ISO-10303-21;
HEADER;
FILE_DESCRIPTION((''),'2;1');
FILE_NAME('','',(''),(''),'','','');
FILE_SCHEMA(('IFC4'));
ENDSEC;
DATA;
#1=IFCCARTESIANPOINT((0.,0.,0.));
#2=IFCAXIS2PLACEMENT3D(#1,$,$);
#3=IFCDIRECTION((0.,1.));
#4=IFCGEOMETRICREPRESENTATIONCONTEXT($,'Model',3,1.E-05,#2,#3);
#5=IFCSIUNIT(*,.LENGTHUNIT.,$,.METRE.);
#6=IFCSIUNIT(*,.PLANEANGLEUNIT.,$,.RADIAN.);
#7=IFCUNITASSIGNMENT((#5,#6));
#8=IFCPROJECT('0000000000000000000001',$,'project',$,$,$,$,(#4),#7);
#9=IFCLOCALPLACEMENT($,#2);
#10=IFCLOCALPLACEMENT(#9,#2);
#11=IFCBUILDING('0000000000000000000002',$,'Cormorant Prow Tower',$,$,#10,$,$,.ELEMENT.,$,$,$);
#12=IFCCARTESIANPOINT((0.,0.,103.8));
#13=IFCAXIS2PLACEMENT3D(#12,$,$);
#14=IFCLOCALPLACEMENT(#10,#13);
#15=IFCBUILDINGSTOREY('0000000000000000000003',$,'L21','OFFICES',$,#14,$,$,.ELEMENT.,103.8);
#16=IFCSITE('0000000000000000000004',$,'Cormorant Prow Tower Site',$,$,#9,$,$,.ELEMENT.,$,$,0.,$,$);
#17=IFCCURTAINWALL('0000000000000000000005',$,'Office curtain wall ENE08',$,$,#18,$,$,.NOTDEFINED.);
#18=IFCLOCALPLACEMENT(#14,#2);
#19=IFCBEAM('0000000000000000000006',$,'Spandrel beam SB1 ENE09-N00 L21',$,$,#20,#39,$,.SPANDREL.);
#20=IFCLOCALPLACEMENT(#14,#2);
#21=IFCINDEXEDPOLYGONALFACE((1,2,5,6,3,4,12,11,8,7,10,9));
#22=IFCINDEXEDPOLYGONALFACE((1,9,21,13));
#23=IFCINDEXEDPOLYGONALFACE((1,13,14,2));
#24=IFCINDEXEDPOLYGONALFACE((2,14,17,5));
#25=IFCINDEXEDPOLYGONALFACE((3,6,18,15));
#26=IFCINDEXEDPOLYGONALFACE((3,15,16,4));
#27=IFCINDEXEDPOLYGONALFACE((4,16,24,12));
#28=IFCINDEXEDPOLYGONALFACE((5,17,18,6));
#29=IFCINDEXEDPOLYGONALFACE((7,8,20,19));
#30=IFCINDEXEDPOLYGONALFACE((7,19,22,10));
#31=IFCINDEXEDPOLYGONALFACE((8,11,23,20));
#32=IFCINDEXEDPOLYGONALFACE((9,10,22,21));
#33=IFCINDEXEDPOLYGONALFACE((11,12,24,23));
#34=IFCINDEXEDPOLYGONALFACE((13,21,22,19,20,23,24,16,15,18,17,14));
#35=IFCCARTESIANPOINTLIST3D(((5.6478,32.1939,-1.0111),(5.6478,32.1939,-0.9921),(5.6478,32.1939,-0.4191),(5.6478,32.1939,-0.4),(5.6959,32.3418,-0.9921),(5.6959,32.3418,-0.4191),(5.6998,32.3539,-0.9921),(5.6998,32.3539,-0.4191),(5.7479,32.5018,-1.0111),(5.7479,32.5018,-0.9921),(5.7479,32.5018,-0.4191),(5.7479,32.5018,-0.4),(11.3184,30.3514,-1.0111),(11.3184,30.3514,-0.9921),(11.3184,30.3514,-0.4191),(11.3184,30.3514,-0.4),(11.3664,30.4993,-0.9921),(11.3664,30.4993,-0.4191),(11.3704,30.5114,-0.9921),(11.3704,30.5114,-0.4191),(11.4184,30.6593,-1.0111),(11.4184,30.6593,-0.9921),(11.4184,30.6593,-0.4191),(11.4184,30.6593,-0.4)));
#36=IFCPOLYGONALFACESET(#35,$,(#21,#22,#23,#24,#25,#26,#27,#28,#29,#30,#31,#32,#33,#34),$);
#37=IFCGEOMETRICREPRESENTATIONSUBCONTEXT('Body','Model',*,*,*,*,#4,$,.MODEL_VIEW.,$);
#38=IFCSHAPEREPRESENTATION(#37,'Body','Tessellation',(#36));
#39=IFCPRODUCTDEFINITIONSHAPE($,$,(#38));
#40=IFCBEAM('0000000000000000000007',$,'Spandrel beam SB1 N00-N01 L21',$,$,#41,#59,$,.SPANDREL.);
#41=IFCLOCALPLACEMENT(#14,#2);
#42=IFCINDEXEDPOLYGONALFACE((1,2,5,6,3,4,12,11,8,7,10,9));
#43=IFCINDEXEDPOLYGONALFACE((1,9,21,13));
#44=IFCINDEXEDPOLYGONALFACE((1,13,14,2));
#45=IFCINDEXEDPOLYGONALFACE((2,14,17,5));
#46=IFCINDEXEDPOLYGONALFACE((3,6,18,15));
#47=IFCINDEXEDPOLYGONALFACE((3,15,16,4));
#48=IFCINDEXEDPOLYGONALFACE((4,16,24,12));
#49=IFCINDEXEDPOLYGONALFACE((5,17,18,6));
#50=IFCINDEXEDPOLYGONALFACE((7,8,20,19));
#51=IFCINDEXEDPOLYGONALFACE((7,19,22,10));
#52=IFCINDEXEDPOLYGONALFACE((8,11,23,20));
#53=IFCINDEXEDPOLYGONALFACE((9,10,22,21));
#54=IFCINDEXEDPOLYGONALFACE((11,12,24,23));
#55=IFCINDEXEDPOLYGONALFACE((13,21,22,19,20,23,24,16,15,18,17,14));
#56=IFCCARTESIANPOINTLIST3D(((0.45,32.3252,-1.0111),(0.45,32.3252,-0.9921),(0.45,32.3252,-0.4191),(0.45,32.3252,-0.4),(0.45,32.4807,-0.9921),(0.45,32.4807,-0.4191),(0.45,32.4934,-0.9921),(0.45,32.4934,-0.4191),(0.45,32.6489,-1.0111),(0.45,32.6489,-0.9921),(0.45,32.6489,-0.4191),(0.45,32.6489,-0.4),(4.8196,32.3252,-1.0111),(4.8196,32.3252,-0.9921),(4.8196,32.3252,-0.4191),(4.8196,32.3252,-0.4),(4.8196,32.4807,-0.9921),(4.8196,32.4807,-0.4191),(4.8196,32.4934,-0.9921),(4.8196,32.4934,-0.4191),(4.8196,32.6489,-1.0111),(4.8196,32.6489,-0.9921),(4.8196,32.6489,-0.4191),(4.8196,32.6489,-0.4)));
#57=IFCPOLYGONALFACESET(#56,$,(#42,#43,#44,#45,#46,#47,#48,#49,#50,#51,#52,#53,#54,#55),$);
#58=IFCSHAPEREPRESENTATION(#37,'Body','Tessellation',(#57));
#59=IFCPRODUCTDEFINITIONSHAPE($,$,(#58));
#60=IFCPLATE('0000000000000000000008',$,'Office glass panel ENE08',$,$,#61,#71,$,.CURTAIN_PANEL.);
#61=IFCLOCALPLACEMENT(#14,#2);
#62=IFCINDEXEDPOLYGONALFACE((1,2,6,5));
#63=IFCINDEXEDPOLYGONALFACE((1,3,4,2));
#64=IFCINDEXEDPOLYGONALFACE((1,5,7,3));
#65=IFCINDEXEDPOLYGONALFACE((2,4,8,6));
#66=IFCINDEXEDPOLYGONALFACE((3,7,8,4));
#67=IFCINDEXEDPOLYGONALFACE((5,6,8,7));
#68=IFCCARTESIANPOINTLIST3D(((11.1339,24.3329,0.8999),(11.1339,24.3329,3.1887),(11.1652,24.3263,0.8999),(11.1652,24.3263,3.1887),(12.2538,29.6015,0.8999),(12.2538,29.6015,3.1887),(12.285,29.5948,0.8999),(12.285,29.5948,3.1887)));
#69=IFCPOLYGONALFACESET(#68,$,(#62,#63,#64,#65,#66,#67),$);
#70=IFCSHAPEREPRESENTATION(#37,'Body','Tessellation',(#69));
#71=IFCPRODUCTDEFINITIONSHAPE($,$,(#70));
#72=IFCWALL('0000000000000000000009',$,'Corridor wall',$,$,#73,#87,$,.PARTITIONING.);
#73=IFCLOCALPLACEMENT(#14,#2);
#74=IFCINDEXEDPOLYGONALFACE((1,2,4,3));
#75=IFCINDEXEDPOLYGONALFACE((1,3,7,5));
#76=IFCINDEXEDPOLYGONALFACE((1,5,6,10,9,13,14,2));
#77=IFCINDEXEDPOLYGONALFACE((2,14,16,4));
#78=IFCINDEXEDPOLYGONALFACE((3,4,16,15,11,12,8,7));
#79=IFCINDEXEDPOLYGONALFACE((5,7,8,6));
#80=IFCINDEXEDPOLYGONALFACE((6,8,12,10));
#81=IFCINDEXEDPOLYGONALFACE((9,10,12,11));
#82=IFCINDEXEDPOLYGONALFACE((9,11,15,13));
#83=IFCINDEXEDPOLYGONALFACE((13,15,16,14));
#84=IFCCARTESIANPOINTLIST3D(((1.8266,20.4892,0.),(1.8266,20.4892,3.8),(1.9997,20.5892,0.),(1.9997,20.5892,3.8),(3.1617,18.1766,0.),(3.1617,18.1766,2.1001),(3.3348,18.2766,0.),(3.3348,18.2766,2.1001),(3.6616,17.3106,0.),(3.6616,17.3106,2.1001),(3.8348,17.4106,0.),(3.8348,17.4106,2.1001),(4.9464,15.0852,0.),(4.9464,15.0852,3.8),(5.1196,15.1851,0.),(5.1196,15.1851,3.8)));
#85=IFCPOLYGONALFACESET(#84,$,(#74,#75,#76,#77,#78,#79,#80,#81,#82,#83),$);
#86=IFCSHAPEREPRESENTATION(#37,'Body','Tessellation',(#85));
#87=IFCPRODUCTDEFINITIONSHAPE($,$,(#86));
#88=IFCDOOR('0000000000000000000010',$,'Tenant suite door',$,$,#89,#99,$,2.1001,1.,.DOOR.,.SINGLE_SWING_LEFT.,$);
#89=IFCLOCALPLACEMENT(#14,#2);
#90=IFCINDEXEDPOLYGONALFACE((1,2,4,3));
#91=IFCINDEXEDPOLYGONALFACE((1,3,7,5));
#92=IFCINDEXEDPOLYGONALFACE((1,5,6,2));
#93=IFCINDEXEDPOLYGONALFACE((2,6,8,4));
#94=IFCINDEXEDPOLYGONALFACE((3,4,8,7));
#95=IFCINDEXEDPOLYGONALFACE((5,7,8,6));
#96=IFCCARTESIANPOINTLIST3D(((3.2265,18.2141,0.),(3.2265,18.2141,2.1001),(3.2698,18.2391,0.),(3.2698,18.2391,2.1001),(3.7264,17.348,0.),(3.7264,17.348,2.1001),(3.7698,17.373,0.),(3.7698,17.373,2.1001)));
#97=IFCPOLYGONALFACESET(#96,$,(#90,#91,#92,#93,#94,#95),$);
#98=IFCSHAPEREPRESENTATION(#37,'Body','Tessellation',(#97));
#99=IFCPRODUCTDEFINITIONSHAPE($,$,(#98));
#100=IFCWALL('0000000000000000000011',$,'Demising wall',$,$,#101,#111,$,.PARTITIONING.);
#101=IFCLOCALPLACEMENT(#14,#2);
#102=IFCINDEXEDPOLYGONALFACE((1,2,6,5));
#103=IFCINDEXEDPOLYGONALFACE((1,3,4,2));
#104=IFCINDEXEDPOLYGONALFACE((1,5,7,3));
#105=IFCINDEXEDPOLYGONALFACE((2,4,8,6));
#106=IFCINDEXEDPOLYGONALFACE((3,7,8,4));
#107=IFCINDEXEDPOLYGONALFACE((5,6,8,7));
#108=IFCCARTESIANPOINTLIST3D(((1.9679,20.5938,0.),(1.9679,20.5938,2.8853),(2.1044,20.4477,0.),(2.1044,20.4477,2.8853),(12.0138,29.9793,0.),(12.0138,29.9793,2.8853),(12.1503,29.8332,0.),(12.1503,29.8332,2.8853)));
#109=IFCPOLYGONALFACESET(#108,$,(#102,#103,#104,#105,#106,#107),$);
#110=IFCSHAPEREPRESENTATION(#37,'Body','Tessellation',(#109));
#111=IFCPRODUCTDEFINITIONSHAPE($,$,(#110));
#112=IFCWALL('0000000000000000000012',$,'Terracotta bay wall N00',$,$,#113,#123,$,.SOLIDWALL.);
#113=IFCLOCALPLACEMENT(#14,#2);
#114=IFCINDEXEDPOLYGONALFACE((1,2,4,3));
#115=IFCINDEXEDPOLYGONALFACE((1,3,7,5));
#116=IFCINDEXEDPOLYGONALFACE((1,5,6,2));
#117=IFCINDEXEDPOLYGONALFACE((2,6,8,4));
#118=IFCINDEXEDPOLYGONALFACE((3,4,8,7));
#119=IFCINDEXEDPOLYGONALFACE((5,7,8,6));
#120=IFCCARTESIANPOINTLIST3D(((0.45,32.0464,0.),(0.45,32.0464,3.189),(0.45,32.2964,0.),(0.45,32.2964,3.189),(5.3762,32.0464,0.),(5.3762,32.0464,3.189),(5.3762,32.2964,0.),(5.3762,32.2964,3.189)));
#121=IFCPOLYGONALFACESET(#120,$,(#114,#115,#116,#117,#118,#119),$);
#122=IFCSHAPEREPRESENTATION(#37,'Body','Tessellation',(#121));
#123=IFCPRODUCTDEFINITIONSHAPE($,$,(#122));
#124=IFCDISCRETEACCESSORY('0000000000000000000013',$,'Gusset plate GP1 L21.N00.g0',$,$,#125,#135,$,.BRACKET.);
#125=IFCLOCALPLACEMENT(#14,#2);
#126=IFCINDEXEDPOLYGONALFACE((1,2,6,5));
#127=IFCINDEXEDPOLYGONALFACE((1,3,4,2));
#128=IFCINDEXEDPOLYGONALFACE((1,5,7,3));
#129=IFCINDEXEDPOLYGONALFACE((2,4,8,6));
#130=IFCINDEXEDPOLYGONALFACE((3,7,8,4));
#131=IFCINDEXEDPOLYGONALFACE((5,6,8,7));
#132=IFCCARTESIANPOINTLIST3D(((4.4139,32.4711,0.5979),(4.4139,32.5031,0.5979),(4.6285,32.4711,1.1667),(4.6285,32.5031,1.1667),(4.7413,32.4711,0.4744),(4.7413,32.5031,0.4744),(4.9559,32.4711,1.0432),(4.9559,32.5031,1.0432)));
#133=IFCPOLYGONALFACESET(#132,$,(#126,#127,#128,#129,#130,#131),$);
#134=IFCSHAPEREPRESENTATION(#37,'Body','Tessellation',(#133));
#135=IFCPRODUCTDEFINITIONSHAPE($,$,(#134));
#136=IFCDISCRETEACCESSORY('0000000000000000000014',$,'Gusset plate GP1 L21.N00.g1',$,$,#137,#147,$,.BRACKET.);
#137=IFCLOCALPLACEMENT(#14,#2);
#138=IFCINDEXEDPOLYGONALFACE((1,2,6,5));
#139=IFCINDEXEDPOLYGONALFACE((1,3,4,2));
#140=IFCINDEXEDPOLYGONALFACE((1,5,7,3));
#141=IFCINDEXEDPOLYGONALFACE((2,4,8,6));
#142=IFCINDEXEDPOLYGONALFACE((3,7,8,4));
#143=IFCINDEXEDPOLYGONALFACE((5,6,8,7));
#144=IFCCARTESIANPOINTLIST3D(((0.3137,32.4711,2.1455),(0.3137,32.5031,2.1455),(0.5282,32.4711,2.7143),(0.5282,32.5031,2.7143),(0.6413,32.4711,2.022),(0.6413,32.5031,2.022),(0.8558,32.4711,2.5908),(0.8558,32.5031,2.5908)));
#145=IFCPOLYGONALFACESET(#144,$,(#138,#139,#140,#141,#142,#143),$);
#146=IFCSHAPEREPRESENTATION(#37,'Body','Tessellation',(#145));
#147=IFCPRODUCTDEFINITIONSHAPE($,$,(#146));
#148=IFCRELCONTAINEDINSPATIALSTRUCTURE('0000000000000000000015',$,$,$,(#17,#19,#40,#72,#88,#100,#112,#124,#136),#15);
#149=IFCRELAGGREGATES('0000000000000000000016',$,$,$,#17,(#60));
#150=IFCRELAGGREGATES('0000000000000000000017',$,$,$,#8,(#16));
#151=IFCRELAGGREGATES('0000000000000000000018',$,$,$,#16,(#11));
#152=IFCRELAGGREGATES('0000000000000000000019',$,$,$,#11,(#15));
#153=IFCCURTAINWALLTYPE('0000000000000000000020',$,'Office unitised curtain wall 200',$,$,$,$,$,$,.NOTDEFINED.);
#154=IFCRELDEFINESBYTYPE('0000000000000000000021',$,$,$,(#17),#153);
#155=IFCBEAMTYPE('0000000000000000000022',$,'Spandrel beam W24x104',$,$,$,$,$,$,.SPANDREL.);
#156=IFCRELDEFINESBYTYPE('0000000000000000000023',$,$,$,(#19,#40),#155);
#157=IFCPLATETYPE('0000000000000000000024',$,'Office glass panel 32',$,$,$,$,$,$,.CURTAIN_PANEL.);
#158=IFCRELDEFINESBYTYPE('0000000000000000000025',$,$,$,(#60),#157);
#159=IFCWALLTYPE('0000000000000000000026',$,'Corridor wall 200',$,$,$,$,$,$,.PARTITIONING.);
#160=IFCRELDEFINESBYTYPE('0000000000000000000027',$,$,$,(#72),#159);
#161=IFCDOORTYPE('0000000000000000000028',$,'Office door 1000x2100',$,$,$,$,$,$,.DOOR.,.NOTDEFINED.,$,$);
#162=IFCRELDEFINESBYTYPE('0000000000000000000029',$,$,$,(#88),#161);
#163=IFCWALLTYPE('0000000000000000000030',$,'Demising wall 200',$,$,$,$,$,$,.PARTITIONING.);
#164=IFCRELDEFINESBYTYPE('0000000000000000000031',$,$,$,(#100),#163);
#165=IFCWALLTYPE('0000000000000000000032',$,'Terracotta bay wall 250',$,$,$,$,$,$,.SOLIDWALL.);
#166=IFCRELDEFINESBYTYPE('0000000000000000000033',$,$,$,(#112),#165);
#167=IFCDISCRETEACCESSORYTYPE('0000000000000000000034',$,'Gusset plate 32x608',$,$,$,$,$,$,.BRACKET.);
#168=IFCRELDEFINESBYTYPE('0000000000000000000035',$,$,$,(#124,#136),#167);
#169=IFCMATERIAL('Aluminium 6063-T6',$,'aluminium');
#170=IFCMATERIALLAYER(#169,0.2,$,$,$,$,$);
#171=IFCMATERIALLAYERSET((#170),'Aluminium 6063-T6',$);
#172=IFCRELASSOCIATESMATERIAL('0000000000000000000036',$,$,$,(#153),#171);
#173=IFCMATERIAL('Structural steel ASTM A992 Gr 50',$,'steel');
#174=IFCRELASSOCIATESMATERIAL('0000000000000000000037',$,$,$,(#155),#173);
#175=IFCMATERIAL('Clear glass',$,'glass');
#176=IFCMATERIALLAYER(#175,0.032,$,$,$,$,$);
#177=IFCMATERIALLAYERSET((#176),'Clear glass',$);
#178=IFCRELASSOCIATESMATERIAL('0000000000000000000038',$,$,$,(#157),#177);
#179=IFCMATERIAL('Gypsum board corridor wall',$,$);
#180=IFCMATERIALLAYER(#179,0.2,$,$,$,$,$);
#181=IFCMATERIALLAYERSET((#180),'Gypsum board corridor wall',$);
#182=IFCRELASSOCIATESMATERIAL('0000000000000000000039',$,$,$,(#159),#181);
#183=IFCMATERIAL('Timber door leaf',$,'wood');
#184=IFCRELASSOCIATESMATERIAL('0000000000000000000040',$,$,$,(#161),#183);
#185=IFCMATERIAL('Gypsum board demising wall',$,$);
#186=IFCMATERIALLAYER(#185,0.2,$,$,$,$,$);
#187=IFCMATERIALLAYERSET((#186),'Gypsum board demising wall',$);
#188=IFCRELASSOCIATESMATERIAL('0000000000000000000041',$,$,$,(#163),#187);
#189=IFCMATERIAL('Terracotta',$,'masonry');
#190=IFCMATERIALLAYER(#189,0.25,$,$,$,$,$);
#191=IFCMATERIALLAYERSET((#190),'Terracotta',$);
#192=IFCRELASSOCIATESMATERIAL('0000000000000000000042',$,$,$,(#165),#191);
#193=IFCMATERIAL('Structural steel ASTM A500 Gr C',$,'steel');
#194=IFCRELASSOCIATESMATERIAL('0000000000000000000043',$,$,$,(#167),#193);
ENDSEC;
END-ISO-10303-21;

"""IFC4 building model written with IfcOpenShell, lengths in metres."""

from ifc_helpers import new_model, si_unit, direction, frame, frame_2d, origin, origin_2d, place, context, subcontext, project, spatial, rectangle, i_section, extrude, material, layer, layer_set, material_profile, profile_set, type_object, element, fill, aggregate, save


model = new_model("IFC4")

# Units and contexts
model_context = context("Model", 3, precision=1e-05, world=origin(), true_north=direction((0.0, 1.0)))
body_context = subcontext(model_context, "Body", "Model", "MODEL_VIEW")
ifc_project = project(units=[si_unit("LENGTHUNIT", "METRE"), si_unit("PLANEANGLEUNIT", "RADIAN")], contexts=[model_context])

# Site, building, storey
site_placement = place(None, origin())
site = spatial("IfcSite", under=ifc_project, at=site_placement, Name="Cormorant Prow Tower Site", CompositionType="ELEMENT", RefElevation=0.0)
building_placement = place(site_placement, origin())
building = spatial("IfcBuilding", under=site, at=building_placement, Name="Cormorant Prow Tower", CompositionType="ELEMENT")
storey_placement = place(building_placement, frame((0.0, 0.0, 103.8)))
storey = spatial("IfcBuildingStorey", under=building, at=storey_placement, Name="L21", Description="OFFICES", CompositionType="ELEMENT", Elevation=103.8)

# Curtain wall
ifc_material_1 = material(Name="Aluminium 6063-T6", Category="aluminium")
ifc_layer_1 = layer(ifc_material_1, 0.2)
ifc_layer_set_1 = layer_set([ifc_layer_1], Name="Aluminium 6063-T6")
curtain_wall_type = type_object("IfcCurtainWallType", Name="Office unitised curtain wall 200", PredefinedType="NOTDEFINED", material=ifc_layer_set_1)
curtain_wall_placement = place(storey_placement, origin())
curtain_wall = element("IfcCurtainWall", 1, at=curtain_wall_placement, inside=storey, type_object=curtain_wall_type, Name="Office curtain wall ENE08", PredefinedType="NOTDEFINED")

# Beams
ifc_material_2 = material(Name="Structural steel ASTM A992 Gr 50", Category="steel")
ifc_material_profile_1 = material_profile(ifc_material_2, i_section(OverallWidth=0.3237, OverallDepth=0.6111, WebThickness=0.0127, FlangeThickness=0.019, at=origin_2d()), Name="W24x104")
ifc_profile_set_1 = profile_set([ifc_material_profile_1], Name="Structural steel ASTM A992 Gr 50")
beam_type_1 = type_object("IfcBeamType", Name="Spandrel beam W24x104", PredefinedType="SPANDREL", material=ifc_profile_set_1)
beam_1_placement = place(storey_placement, frame((11.3684, 30.5054, -0.7056), z_axis=(-0.951055, 0.30902, 0.0), x_axis=(-0.30902, -0.951055, 0.0)))
element("IfcBeam", 2, at=beam_1_placement, inside=storey, type_object=beam_type_1, Name="Spandrel beam SB1 ENE09-N00 L21", PredefinedType="SPANDREL", context=body_context, shape_type="SweptSolid", body=[
    extrude(i_section(OverallWidth=0.3237, OverallDepth=0.6111, WebThickness=0.0127, FlangeThickness=0.019, at=origin_2d()), origin(), (0.0, 0.0, 1.0), 5.9624),
])
beam_2_placement = place(storey_placement, frame((4.8196, 32.4871, -0.7056), z_axis=(-1.0, 0.0, 0.0), x_axis=(0.0, -1.0, 0.0)))
element("IfcBeam", 3, at=beam_2_placement, inside=storey, type_object=beam_type_1, Name="Spandrel beam SB1 N00-N01 L21", PredefinedType="SPANDREL", context=body_context, shape_type="SweptSolid", body=[
    extrude(i_section(OverallWidth=0.3237, OverallDepth=0.6111, WebThickness=0.0127, FlangeThickness=0.019, at=origin_2d()), origin(), (0.0, 0.0, 1.0), 4.3696),
])

# Plate
ifc_material_3 = material(Name="Clear glass", Category="glass")
ifc_layer_2 = layer(ifc_material_3, 0.032)
ifc_layer_set_2 = layer_set([ifc_layer_2], Name="Clear glass")
plate_type = type_object("IfcPlateType", Name="Office glass panel 32", PredefinedType="CURTAIN_PANEL", material=ifc_layer_set_2)
plate_placement = place(storey_placement, frame((11.7095, 26.9639, 0.8999), z_axis=(0.0, 0.0, 1.0), x_axis=(0.207912, 0.978148, 0.0)))
plate = element("IfcPlate", 4, at=plate_placement, type_object=plate_type, Name="Office glass panel ENE08", PredefinedType="CURTAIN_PANEL", context=body_context, shape_type="SweptSolid", body=[
    extrude(rectangle(XDim=5.3862, YDim=0.032, at=origin_2d()), origin(), (0.0, 0.0, 1.0), 2.2888),
])
aggregate(curtain_wall, [plate])

# Wall, opening, door
ifc_material_4 = material(Name="Gypsum board corridor wall")
ifc_layer_3 = layer(ifc_material_4, 0.2)
ifc_layer_set_3 = layer_set([ifc_layer_3], Name="Gypsum board corridor wall")
wall_type_1 = type_object("IfcWallType", Name="Corridor wall 200", PredefinedType="PARTITIONING", material=ifc_layer_set_3)
wall_1_placement = place(storey_placement, frame((1.9131, 20.5393, 0.0), z_axis=(0.0, 0.0, 1.0), x_axis=(0.499981, -0.866036, 0.0)))
wall_1 = element("IfcWall", 5, at=wall_1_placement, inside=storey, type_object=wall_type_1, Name="Corridor wall", PredefinedType="PARTITIONING", context=body_context, shape_type="SweptSolid", body=[
    extrude(rectangle(XDim=6.24, YDim=0.2, at=frame_2d((3.1201, 0.0))), origin(), (0.0, 0.0, 1.0), 3.8),
])
opening_1_placement = place(wall_1_placement, frame((2.6704, 0.0, 0.0)))
opening_1 = element("IfcOpeningElement", 6, at=opening_1_placement, cuts=wall_1, PredefinedType="OPENING", context=body_context, shape_type="SweptSolid", body=[
    extrude(rectangle(XDim=1.0, YDim=2.1001, at=frame_2d((0.5, 1.05))), frame((0.0, 0.1099, 0.0), z_axis=(0.0, -1.0, 0.0), x_axis=(1.0, 0.0, 0.0)), (0.0, 0.0, 1.0), 0.22),
])
ifc_material_5 = material(Name="Timber door leaf", Category="wood")
door_type_1 = type_object("IfcDoorType", Name="Office door 1000x2100", OperationType="NOTDEFINED", PredefinedType="DOOR", material=ifc_material_5)
door_1_placement = place(opening_1_placement, origin())
door_1 = element("IfcDoor", 7, at=door_1_placement, inside=storey, type_object=door_type_1, Name="Tenant suite door", OperationType="SINGLE_SWING_LEFT", OverallHeight=2.1001, OverallWidth=1.0, PredefinedType="DOOR", context=body_context, shape_type="SweptSolid", body=[
    extrude(rectangle(XDim=1.0, YDim=2.1001, at=frame_2d((0.5, 1.05))), frame((0.0, 0.0249, 0.0), z_axis=(0.0, -1.0, 0.0), x_axis=(1.0, 0.0, 0.0)), (0.0, 0.0, 1.0), 0.05),
])
fill(opening_1, door_1)

# Walls
ifc_material_6 = material(Name="Gypsum board demising wall")
ifc_layer_4 = layer(ifc_material_6, 0.2)
ifc_layer_set_4 = layer_set([ifc_layer_4], Name="Gypsum board demising wall")
wall_type_2 = type_object("IfcWallType", Name="Demising wall 200", PredefinedType="PARTITIONING", material=ifc_layer_set_4)
wall_2_placement = place(storey_placement, frame((2.0361, 20.5208, 0.0), z_axis=(0.0, 0.0, 1.0), x_axis=(0.730717, 0.682681, 0.0)))
element("IfcWall", 8, at=wall_2_placement, inside=storey, type_object=wall_type_2, Name="Demising wall", PredefinedType="PARTITIONING", context=body_context, shape_type="SweptSolid", body=[
    extrude(rectangle(XDim=13.748, YDim=0.2, at=frame_2d((6.874, 0.0))), origin(), (0.0, 0.0, 1.0), 2.8853),
])
ifc_material_7 = material(Name="Terracotta", Category="masonry")
ifc_layer_5 = layer(ifc_material_7, 0.25)
ifc_layer_set_5 = layer_set([ifc_layer_5], Name="Terracotta")
wall_type_3 = type_object("IfcWallType", Name="Terracotta bay wall 250", PredefinedType="SOLIDWALL", material=ifc_layer_set_5)
wall_3_placement = place(storey_placement, frame((5.3762, 32.1714, 0.0), z_axis=(0.0, 0.0, 1.0), x_axis=(-1.0, 0.0, 0.0)))
element("IfcWall", 9, at=wall_3_placement, inside=storey, type_object=wall_type_3, Name="Terracotta bay wall N00", PredefinedType="SOLIDWALL", context=body_context, shape_type="SweptSolid", body=[
    extrude(rectangle(XDim=4.9263, YDim=0.25, at=frame_2d((2.4631, 0.0))), origin(), (0.0, 0.0, 1.0), 3.189),
])

# Discrete accessories
ifc_material_8 = material(Name="Structural steel ASTM A500 Gr C", Category="steel")
ifc_material_profile_2 = material_profile(ifc_material_8, rectangle(XDim=0.032, YDim=0.6079, at=origin_2d()), Name="Gusset plate 32x608")
ifc_profile_set_2 = profile_set([ifc_material_profile_2], Name="Structural steel ASTM A500 Gr C")
discrete_accessory_type = type_object("IfcDiscreteAccessoryType", Name="Gusset plate 32x608", PredefinedType="BRACKET", material=ifc_profile_set_2)
discrete_accessory_1_placement = place(storey_placement, frame((4.5212, 32.4871, 0.8823), z_axis=(0.93561, 0.0, -0.353034), x_axis=(0.0, 1.0, 0.0)))
element("IfcDiscreteAccessory", 10, at=discrete_accessory_1_placement, inside=storey, type_object=discrete_accessory_type, Name="Gusset plate GP1 L21.N00.g0", PredefinedType="BRACKET", context=body_context, shape_type="SweptSolid", body=[
    extrude(rectangle(XDim=0.032, YDim=0.6079, at=origin_2d()), origin(), (0.0, 0.0, 1.0), 0.3499),
])
discrete_accessory_2_placement = place(storey_placement, frame((0.7485, 32.4871, 2.3064), z_axis=(-0.935697, 0.0, 0.352804), x_axis=(0.0, -1.0, 0.0)))
element("IfcDiscreteAccessory", 11, at=discrete_accessory_2_placement, inside=storey, type_object=discrete_accessory_type, Name="Gusset plate GP1 L21.N00.g1", PredefinedType="BRACKET", context=body_context, shape_type="SweptSolid", body=[
    extrude(rectangle(XDim=0.032, YDim=0.6079, at=origin_2d()), origin(), (0.0, 0.0, 1.0), 0.3501),
])

save(model, "model.ifc")
